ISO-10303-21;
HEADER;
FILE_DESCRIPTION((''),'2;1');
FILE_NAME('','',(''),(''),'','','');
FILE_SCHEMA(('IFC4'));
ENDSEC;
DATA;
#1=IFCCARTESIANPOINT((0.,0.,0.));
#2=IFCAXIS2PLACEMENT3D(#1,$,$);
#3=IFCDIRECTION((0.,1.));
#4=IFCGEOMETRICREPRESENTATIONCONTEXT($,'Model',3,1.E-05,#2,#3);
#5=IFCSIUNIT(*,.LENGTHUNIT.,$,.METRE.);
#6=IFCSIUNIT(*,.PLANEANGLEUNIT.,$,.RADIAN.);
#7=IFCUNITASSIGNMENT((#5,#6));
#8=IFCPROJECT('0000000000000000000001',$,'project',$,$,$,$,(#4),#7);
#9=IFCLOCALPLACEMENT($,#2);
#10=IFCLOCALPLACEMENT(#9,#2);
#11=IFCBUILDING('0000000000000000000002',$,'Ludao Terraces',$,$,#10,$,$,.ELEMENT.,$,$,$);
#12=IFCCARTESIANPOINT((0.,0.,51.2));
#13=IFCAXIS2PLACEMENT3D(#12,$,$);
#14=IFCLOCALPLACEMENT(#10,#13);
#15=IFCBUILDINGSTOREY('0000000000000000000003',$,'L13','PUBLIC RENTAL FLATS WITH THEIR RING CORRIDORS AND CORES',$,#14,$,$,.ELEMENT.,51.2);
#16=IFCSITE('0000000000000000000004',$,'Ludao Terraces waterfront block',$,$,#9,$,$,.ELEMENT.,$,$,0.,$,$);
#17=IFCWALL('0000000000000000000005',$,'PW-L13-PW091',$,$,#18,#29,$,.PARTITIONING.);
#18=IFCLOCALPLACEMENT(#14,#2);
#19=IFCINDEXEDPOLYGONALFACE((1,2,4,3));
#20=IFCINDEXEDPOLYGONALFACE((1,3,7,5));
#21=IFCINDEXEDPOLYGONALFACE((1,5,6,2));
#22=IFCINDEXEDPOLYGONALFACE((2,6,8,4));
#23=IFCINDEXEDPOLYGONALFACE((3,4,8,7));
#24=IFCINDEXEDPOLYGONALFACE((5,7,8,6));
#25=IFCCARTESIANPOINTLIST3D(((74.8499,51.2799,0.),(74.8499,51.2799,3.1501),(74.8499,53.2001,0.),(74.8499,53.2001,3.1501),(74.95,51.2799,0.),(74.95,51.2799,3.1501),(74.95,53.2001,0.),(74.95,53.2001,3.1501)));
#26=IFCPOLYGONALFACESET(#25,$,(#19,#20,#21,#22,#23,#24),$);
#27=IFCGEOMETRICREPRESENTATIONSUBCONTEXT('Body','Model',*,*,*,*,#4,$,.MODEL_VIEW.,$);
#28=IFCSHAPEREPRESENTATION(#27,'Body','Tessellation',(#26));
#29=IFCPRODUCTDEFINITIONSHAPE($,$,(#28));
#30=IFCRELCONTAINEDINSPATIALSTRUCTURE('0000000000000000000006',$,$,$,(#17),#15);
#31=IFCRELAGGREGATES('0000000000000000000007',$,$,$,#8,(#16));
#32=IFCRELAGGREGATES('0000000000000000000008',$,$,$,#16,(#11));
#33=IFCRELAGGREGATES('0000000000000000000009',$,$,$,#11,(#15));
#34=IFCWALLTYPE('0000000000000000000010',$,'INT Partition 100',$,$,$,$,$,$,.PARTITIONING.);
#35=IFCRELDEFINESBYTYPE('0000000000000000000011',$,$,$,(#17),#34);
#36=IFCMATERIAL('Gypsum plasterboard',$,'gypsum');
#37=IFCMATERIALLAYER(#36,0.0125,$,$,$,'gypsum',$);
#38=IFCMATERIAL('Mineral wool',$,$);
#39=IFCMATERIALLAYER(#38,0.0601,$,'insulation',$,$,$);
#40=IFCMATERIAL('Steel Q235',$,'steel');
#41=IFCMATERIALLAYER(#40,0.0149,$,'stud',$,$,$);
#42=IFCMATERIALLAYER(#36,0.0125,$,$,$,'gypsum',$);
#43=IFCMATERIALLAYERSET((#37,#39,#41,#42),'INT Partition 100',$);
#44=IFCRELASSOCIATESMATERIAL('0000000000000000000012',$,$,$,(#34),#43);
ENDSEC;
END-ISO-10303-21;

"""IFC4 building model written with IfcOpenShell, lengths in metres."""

from ifc_helpers import new_model, si_unit, direction, frame, frame_2d, origin, place, context, subcontext, project, spatial, rectangle, extrude, material, layer, layer_set, type_object, element, save


model = new_model("IFC4")

# Units and contexts
model_context = context("Model", 3, precision=1e-05, world=origin(), true_north=direction((0.0, 1.0)))
body_context = subcontext(model_context, "Body", "Model", "MODEL_VIEW")
ifc_project = project(units=[si_unit("LENGTHUNIT", "METRE"), si_unit("PLANEANGLEUNIT", "RADIAN")], contexts=[model_context])

# Site, building, storey
site_placement = place(None, origin())
site = spatial("IfcSite", under=ifc_project, at=site_placement, Name="Ludao Terraces waterfront block", CompositionType="ELEMENT", RefElevation=0.0)
building_placement = place(site_placement, origin())
building = spatial("IfcBuilding", under=site, at=building_placement, Name="Ludao Terraces", CompositionType="ELEMENT")
storey_placement = place(building_placement, frame((0.0, 0.0, 51.2)))
storey = spatial("IfcBuildingStorey", under=building, at=storey_placement, Name="L13", Description="PUBLIC RENTAL FLATS WITH THEIR RING CORRIDORS AND CORES", CompositionType="ELEMENT", Elevation=51.2)

# Shared definitions
ifc_material_1 = material(Name="Gypsum plasterboard", Category="gypsum")
ifc_layer_1 = layer(ifc_material_1, 0.0125, Category="gypsum")
ifc_material_2 = material(Name="Mineral wool")
ifc_layer_2 = layer(ifc_material_2, 0.0601, Name="insulation")
ifc_material_3 = material(Name="Steel Q235", Category="steel")
ifc_layer_3 = layer(ifc_material_3, 0.0149, Name="stud")
ifc_layer_4 = layer(ifc_material_1, 0.0125, Category="gypsum")
ifc_layer_set = layer_set([ifc_layer_1, ifc_layer_2, ifc_layer_3, ifc_layer_4], Name="INT Partition 100")
wall_type = type_object("IfcWallType", Name="INT Partition 100", PredefinedType="PARTITIONING", material=ifc_layer_set)

# Wall
wall_1_placement = place(storey_placement, frame((74.8999, 51.28, 0.0), z_axis=(0.0, 0.0, 1.0), x_axis=(0.0, 1.0, 0.0)))
element("IfcWall", 1, at=wall_1_placement, inside=storey, type_object=wall_type, Name="PW-L13-PW091", PredefinedType="PARTITIONING", context=body_context, shape_type="SweptSolid", body=[
    extrude(rectangle(XDim=1.9202, YDim=0.1001, at=frame_2d((0.96, 0.0))), origin(), (0.0, 0.0, 1.0), 3.1501),
])

save(model, "model.ifc")
